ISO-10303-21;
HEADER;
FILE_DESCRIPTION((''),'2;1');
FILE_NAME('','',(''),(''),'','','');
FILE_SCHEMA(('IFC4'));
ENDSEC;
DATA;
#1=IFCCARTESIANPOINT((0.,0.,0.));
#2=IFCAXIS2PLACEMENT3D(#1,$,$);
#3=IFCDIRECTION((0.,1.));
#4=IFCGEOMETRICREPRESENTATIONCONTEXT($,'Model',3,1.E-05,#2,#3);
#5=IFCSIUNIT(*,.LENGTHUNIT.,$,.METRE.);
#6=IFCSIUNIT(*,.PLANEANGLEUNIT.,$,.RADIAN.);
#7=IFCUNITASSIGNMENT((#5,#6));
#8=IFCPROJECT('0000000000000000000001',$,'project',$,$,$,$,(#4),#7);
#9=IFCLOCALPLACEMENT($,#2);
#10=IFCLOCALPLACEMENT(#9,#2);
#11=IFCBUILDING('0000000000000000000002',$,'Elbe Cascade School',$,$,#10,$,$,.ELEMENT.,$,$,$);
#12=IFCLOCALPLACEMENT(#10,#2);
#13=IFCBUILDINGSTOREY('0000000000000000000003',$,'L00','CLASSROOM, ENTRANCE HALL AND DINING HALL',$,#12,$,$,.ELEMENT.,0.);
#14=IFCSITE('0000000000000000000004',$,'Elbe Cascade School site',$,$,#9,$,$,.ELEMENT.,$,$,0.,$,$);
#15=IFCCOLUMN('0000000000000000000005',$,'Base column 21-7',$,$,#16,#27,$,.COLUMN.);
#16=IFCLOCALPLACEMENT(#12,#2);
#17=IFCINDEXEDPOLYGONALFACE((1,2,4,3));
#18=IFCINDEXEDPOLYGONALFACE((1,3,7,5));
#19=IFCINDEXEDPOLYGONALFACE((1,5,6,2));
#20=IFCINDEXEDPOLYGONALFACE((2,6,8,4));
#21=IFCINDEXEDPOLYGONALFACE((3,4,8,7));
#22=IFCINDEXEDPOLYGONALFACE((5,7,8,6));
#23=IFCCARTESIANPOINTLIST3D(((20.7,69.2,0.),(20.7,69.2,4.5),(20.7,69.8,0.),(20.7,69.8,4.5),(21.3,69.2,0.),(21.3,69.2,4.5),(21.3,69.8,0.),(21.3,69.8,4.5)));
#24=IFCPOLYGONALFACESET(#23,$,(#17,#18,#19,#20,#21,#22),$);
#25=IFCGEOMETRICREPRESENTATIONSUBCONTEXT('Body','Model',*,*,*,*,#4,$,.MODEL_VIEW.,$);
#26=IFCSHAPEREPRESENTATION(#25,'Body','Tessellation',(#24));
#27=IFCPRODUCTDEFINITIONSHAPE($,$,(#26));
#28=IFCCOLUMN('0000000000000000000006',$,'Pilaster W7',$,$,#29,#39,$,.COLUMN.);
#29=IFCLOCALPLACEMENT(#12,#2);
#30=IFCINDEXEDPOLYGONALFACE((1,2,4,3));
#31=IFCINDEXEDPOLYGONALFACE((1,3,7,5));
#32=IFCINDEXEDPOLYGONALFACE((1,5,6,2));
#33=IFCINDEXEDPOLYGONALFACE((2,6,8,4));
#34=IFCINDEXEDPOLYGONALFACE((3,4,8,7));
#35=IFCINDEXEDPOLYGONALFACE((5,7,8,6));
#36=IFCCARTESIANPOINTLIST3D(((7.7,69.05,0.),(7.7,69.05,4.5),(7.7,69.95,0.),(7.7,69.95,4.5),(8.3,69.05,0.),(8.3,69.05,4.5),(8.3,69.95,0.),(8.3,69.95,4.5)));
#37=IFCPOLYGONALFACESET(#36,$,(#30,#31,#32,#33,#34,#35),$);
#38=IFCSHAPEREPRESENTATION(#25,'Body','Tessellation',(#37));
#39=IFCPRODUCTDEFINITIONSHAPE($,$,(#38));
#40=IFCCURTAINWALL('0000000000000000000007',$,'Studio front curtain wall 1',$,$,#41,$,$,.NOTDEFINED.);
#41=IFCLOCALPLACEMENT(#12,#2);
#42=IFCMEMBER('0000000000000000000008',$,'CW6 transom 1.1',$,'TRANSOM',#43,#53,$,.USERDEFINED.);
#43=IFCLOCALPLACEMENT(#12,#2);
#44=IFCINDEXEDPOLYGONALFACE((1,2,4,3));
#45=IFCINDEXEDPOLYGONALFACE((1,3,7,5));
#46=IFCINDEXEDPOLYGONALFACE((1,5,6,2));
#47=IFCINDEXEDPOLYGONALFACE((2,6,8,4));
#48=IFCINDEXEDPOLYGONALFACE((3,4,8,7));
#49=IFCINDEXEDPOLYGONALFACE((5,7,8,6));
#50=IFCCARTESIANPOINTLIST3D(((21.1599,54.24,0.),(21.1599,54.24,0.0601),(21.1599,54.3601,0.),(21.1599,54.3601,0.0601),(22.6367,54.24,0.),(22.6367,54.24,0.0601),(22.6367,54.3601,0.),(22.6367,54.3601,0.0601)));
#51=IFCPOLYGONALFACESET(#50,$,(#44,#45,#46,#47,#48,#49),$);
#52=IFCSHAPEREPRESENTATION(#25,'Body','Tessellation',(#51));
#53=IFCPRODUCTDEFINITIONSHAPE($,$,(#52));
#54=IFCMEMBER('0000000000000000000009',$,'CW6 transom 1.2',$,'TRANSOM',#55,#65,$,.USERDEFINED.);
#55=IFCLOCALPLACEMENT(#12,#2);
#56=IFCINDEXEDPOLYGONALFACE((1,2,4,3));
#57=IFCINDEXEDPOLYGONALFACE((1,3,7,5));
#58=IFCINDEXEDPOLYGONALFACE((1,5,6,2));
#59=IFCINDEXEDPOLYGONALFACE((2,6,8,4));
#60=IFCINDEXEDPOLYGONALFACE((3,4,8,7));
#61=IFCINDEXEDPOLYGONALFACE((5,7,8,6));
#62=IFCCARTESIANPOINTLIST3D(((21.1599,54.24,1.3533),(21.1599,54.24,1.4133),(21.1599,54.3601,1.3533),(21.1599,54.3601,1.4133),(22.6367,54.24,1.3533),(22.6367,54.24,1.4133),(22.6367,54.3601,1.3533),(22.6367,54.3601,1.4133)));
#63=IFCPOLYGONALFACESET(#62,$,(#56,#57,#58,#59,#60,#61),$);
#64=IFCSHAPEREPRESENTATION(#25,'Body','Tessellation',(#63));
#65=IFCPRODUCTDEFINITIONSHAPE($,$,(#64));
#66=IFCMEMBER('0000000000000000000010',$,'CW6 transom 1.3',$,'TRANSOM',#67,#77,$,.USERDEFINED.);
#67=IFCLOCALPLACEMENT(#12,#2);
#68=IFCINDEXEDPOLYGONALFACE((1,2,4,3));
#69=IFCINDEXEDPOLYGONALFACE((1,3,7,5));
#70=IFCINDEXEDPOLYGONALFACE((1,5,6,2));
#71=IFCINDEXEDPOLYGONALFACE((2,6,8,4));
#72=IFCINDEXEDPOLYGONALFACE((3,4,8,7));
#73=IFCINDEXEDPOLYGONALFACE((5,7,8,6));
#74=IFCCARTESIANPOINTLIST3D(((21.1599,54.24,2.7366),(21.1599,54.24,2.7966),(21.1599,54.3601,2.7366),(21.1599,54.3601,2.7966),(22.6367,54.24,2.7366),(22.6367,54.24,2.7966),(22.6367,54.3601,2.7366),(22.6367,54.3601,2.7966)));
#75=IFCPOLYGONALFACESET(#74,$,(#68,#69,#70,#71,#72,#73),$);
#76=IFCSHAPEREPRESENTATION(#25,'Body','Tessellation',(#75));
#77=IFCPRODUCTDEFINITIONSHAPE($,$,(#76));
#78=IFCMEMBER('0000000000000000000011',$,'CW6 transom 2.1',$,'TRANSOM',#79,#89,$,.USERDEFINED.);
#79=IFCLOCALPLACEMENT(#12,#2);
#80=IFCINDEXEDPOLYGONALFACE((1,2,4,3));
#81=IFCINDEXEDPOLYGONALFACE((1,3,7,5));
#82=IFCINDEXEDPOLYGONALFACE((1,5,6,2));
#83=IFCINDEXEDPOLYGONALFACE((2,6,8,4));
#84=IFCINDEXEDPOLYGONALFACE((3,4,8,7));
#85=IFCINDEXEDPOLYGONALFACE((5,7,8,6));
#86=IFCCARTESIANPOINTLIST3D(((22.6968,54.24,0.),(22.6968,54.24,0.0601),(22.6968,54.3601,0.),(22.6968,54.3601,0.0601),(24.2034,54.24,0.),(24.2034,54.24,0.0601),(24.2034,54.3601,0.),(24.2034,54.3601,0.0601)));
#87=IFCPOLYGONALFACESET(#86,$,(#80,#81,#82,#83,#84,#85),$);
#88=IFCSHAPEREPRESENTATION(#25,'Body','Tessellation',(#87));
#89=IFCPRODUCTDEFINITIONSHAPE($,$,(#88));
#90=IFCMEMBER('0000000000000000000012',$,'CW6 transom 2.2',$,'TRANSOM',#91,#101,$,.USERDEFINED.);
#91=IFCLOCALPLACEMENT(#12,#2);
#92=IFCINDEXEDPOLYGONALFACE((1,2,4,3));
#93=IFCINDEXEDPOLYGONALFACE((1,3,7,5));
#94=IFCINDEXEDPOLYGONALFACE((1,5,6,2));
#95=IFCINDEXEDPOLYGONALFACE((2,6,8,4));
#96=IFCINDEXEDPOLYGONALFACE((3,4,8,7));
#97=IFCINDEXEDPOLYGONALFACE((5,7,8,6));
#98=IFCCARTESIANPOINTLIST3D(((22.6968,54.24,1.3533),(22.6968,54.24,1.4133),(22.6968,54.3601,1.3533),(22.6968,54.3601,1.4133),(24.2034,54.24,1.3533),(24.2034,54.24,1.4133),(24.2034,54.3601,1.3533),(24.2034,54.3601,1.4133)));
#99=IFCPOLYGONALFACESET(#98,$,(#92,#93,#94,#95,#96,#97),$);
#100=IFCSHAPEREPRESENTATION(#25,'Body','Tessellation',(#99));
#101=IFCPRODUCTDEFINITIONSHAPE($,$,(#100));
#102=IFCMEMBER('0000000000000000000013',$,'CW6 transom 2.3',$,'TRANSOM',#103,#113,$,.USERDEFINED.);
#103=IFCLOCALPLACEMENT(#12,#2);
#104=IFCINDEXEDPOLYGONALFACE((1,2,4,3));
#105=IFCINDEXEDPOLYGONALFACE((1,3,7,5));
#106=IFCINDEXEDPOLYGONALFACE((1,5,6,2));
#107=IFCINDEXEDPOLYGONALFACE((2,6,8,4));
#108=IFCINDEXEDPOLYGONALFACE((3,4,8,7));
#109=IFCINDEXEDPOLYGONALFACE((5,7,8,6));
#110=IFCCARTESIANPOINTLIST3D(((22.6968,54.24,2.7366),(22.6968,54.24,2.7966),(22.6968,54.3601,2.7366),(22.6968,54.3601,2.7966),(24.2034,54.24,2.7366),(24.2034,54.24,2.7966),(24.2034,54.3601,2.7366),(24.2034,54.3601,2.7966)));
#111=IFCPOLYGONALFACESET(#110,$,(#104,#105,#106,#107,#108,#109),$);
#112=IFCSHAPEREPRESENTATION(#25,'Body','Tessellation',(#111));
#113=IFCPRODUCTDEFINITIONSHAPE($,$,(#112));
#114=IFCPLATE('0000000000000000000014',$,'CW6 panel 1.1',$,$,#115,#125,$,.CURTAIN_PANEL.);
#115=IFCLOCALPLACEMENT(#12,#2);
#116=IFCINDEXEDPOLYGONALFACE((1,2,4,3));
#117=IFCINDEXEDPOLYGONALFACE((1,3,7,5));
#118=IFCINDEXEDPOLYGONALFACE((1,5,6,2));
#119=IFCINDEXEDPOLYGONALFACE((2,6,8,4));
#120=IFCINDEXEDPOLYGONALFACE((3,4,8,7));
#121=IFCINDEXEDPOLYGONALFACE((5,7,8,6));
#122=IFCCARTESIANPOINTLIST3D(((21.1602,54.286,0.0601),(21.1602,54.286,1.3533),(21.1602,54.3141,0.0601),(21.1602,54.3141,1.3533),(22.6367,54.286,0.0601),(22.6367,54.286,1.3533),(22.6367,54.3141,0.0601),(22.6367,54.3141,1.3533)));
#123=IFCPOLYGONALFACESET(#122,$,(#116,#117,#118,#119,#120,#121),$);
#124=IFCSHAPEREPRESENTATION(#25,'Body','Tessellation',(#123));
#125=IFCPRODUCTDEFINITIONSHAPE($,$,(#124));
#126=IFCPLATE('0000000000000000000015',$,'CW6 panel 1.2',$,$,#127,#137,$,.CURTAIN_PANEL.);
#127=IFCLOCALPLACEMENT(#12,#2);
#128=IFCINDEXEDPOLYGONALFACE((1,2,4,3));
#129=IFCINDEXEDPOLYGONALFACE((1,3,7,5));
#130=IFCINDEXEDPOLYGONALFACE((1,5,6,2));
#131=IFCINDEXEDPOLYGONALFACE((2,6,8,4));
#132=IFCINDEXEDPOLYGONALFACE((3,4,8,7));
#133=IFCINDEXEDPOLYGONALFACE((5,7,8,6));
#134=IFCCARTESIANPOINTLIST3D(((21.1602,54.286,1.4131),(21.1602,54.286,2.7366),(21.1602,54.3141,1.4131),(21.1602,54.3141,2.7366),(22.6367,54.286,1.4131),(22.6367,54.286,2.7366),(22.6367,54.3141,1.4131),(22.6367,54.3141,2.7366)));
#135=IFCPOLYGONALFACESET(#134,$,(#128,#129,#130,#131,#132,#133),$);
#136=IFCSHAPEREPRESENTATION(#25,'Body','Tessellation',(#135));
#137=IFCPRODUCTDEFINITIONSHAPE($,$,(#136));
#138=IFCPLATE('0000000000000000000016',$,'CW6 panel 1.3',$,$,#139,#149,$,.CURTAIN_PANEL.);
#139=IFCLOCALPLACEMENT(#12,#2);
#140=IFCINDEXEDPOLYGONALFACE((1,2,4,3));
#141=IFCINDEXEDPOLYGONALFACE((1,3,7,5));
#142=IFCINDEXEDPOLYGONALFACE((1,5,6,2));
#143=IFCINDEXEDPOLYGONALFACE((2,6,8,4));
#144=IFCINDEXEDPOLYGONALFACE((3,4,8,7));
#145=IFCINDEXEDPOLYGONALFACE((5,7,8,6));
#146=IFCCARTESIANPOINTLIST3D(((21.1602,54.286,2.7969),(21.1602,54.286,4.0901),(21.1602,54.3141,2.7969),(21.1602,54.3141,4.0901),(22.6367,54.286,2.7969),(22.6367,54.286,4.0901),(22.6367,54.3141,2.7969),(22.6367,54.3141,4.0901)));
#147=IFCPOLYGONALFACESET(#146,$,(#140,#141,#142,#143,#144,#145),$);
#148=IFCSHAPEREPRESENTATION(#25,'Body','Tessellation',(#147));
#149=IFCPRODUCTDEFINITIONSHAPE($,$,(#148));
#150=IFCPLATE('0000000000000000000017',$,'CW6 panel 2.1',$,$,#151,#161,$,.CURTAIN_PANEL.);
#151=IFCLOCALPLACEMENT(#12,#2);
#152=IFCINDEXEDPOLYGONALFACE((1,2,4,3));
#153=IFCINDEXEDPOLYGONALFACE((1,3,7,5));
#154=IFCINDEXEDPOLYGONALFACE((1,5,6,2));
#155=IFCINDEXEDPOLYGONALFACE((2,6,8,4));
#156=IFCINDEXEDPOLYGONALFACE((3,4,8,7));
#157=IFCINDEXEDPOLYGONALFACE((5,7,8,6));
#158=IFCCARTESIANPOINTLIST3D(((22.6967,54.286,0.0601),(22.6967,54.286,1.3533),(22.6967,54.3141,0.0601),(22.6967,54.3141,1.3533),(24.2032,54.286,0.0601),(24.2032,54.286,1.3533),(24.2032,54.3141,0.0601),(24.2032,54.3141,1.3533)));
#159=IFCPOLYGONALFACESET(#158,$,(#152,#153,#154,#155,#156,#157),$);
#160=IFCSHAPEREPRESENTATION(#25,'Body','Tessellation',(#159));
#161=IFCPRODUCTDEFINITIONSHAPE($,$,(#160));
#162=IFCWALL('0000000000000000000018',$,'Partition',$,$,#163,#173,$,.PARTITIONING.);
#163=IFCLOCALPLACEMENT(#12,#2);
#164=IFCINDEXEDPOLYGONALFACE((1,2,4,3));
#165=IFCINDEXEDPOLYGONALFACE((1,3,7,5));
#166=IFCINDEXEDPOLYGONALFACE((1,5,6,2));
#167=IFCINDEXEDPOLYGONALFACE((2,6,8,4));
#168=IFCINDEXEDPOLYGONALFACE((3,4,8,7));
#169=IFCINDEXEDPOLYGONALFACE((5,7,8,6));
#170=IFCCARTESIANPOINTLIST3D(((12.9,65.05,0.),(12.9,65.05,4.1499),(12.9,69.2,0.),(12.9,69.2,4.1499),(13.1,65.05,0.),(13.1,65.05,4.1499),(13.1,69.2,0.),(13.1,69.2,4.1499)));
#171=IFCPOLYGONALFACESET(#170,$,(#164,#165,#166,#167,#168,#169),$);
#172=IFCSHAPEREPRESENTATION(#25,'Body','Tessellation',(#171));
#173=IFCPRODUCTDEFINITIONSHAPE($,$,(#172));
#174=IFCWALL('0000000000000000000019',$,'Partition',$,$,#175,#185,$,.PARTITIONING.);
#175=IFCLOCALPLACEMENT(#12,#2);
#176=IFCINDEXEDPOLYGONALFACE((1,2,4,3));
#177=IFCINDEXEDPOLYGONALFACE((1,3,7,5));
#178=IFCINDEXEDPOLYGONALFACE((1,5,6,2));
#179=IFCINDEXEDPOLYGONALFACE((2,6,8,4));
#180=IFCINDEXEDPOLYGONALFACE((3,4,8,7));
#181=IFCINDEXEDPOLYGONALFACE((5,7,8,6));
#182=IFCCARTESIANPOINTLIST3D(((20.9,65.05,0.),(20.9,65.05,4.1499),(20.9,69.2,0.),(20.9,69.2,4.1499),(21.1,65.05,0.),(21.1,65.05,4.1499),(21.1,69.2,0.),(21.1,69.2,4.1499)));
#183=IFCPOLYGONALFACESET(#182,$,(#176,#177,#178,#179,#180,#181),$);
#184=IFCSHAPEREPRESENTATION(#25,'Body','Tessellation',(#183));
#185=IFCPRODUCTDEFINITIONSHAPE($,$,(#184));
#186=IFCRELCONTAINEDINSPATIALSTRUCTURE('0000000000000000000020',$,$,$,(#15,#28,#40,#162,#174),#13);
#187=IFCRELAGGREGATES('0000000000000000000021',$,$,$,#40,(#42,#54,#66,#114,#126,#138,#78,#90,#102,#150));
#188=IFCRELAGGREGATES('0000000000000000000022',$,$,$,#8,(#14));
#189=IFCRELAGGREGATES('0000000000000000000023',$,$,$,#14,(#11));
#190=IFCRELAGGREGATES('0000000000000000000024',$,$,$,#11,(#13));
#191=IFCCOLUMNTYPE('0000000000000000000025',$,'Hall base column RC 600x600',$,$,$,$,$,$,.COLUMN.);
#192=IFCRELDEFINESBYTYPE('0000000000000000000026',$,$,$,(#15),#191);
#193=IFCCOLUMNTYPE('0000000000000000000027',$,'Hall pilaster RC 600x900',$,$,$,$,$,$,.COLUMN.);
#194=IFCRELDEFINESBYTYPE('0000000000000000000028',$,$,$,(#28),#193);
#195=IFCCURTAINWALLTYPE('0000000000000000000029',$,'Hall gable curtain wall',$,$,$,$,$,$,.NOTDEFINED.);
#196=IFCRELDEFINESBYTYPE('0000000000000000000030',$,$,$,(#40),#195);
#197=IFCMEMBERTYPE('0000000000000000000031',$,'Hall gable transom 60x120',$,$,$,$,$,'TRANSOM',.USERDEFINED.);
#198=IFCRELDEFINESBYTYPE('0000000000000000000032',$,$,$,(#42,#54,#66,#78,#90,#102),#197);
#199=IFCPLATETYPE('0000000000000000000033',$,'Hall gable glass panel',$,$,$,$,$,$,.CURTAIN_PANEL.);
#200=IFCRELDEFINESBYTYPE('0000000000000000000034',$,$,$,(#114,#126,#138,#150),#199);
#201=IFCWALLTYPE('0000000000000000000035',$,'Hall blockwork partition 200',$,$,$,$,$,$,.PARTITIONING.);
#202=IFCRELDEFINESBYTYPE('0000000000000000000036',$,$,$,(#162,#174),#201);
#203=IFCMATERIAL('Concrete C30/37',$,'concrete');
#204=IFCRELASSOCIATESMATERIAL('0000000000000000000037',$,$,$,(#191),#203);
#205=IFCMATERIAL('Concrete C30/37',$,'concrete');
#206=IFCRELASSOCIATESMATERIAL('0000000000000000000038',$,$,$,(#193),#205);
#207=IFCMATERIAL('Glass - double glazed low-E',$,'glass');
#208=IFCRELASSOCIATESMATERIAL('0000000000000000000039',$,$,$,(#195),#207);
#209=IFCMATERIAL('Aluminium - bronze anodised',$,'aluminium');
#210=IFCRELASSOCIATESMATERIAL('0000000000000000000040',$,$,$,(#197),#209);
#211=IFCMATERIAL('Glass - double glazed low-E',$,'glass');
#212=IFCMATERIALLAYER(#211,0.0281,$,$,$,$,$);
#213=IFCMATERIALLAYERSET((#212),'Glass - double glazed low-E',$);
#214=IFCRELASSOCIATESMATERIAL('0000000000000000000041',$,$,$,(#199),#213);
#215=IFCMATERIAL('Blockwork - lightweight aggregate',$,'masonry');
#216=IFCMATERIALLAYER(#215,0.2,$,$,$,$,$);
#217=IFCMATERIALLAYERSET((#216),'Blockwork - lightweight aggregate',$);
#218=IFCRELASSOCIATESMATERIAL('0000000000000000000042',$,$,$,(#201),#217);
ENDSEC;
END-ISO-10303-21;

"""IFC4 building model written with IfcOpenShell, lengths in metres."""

from ifc_helpers import new_model, si_unit, direction, frame, frame_2d, origin, origin_2d, place, context, subcontext, project, spatial, rectangle, extrude, material, layer, layer_set, material_profile, profile_set, type_object, element, aggregate, save


model = new_model("IFC4")

# Units and contexts
model_context = context("Model", 3, precision=1e-05, world=origin(), true_north=direction((0.0, 1.0)))
body_context = subcontext(model_context, "Body", "Model", "MODEL_VIEW")
ifc_project = project(units=[si_unit("LENGTHUNIT", "METRE"), si_unit("PLANEANGLEUNIT", "RADIAN")], contexts=[model_context])

# Site, building, storey
site_placement = place(None, origin())
site = spatial("IfcSite", under=ifc_project, at=site_placement, Name="Elbe Cascade School site", CompositionType="ELEMENT", RefElevation=0.0)
building_placement = place(site_placement, origin())
building = spatial("IfcBuilding", under=site, at=building_placement, Name="Elbe Cascade School", CompositionType="ELEMENT")
storey_placement = place(building_placement, origin())
storey = spatial("IfcBuildingStorey", under=building, at=storey_placement, Name="L00", Description="CLASSROOM, ENTRANCE HALL AND DINING HALL", CompositionType="ELEMENT", Elevation=0.0)

# Columns
ifc_material_1 = material(Name="Concrete C30/37", Category="concrete")
ifc_material_profile_1 = material_profile(ifc_material_1, rectangle(XDim=0.6001, YDim=0.6001, at=origin_2d()), Name="RC 600x600")
ifc_profile_set_1 = profile_set([ifc_material_profile_1], Name="Concrete C30/37")
column_type_1 = type_object("IfcColumnType", Name="Hall base column RC 600x600", PredefinedType="COLUMN", material=ifc_profile_set_1)
column_1_placement = place(storey_placement, frame((21.0, 69.5, 0.0), z_axis=(0.0, 0.0, 1.0), x_axis=(1.0, 0.0, 0.0)))
element("IfcColumn", 1, at=column_1_placement, inside=storey, type_object=column_type_1, Name="Base column 21-7", PredefinedType="COLUMN", context=body_context, shape_type="SweptSolid", body=[
    extrude(rectangle(XDim=0.6001, YDim=0.6001, at=origin_2d()), origin(), (0.0, 0.0, 1.0), 4.5),
])
ifc_material_2 = material(Name="Concrete C30/37", Category="concrete")
ifc_material_profile_2 = material_profile(ifc_material_2, rectangle(XDim=0.6001, YDim=0.8999, at=origin_2d()), Name="RC 600x900")
ifc_profile_set_2 = profile_set([ifc_material_profile_2], Name="Concrete C30/37")
column_type_2 = type_object("IfcColumnType", Name="Hall pilaster RC 600x900", PredefinedType="COLUMN", material=ifc_profile_set_2)
column_2_placement = place(storey_placement, frame((8.0, 69.5, 0.0), z_axis=(0.0, 0.0, 1.0), x_axis=(1.0, 0.0, 0.0)))
element("IfcColumn", 2, at=column_2_placement, inside=storey, type_object=column_type_2, Name="Pilaster W7", PredefinedType="COLUMN", context=body_context, shape_type="SweptSolid", body=[
    extrude(rectangle(XDim=0.6001, YDim=0.8999, at=origin_2d()), origin(), (0.0, 0.0, 1.0), 4.5),
])

# Curtain wall, members, plates
ifc_material_3 = material(Name="Glass - double glazed low-E", Category="glass")
curtain_wall_type = type_object("IfcCurtainWallType", Name="Hall gable curtain wall", PredefinedType="NOTDEFINED", material=ifc_material_3)
curtain_wall_placement = place(storey_placement, origin())
curtain_wall = element("IfcCurtainWall", 3, at=curtain_wall_placement, inside=storey, type_object=curtain_wall_type, Name="Studio front curtain wall 1", PredefinedType="NOTDEFINED")
ifc_material_4 = material(Name="Aluminium - bronze anodised", Category="aluminium")
ifc_material_profile_3 = material_profile(ifc_material_4, rectangle(XDim=0.1201, YDim=0.0601, at=origin_2d()), Name="Alu 60x120")
ifc_profile_set_3 = profile_set([ifc_material_profile_3], Name="Aluminium - bronze anodised")
member_type = type_object("IfcMemberType", Name="Hall gable transom 60x120", ElementType="TRANSOM", PredefinedType="USERDEFINED", material=ifc_profile_set_3)
member_1_placement = place(storey_placement, frame((21.1599, 54.3, 0.03), z_axis=(1.0, 0.0, 0.0), x_axis=(0.0, 1.0, 0.0)))
member_1 = element("IfcMember", 4, at=member_1_placement, type_object=member_type, Name="CW6 transom 1.1", ObjectType="TRANSOM", PredefinedType="USERDEFINED", context=body_context, shape_type="SweptSolid", body=[
    extrude(rectangle(XDim=0.1201, YDim=0.0601, at=origin_2d()), origin(), (0.0, 0.0, 1.0), 1.4768),
])
member_2_placement = place(storey_placement, frame((21.1599, 54.3, 1.3833), z_axis=(1.0, 0.0, 0.0), x_axis=(0.0, 1.0, 0.0)))
member_2 = element("IfcMember", 5, at=member_2_placement, type_object=member_type, Name="CW6 transom 1.2", ObjectType="TRANSOM", PredefinedType="USERDEFINED", context=body_context, shape_type="SweptSolid", body=[
    extrude(rectangle(XDim=0.1201, YDim=0.0601, at=origin_2d()), origin(), (0.0, 0.0, 1.0), 1.4768),
])
member_3_placement = place(storey_placement, frame((21.1599, 54.3, 2.7666), z_axis=(1.0, 0.0, 0.0), x_axis=(0.0, 1.0, 0.0)))
member_3 = element("IfcMember", 6, at=member_3_placement, type_object=member_type, Name="CW6 transom 1.3", ObjectType="TRANSOM", PredefinedType="USERDEFINED", context=body_context, shape_type="SweptSolid", body=[
    extrude(rectangle(XDim=0.1201, YDim=0.0601, at=origin_2d()), origin(), (0.0, 0.0, 1.0), 1.4768),
])
member_4_placement = place(storey_placement, frame((22.6968, 54.3, 0.03), z_axis=(1.0, 0.0, 0.0), x_axis=(0.0, 1.0, 0.0)))
member_4 = element("IfcMember", 7, at=member_4_placement, type_object=member_type, Name="CW6 transom 2.1", ObjectType="TRANSOM", PredefinedType="USERDEFINED", context=body_context, shape_type="SweptSolid", body=[
    extrude(rectangle(XDim=0.1201, YDim=0.0601, at=origin_2d()), origin(), (0.0, 0.0, 1.0), 1.5066),
])
member_5_placement = place(storey_placement, frame((22.6968, 54.3, 1.3833), z_axis=(1.0, 0.0, 0.0), x_axis=(0.0, 1.0, 0.0)))
member_5 = element("IfcMember", 8, at=member_5_placement, type_object=member_type, Name="CW6 transom 2.2", ObjectType="TRANSOM", PredefinedType="USERDEFINED", context=body_context, shape_type="SweptSolid", body=[
    extrude(rectangle(XDim=0.1201, YDim=0.0601, at=origin_2d()), origin(), (0.0, 0.0, 1.0), 1.5066),
])
member_6_placement = place(storey_placement, frame((22.6968, 54.3, 2.7666), z_axis=(1.0, 0.0, 0.0), x_axis=(0.0, 1.0, 0.0)))
member_6 = element("IfcMember", 9, at=member_6_placement, type_object=member_type, Name="CW6 transom 2.3", ObjectType="TRANSOM", PredefinedType="USERDEFINED", context=body_context, shape_type="SweptSolid", body=[
    extrude(rectangle(XDim=0.1201, YDim=0.0601, at=origin_2d()), origin(), (0.0, 0.0, 1.0), 1.5066),
])
ifc_material_5 = material(Name="Glass - double glazed low-E", Category="glass")
ifc_layer_1 = layer(ifc_material_5, 0.0281)
ifc_layer_set_1 = layer_set([ifc_layer_1], Name="Glass - double glazed low-E")
plate_type = type_object("IfcPlateType", Name="Hall gable glass panel", PredefinedType="CURTAIN_PANEL", material=ifc_layer_set_1)
plate_1_placement = place(storey_placement, frame((21.8984, 54.3, 0.0601), z_axis=(0.0, 0.0, 1.0), x_axis=(1.0, 0.0, 0.0)))
plate_1 = element("IfcPlate", 10, at=plate_1_placement, type_object=plate_type, Name="CW6 panel 1.1", PredefinedType="CURTAIN_PANEL", context=body_context, shape_type="SweptSolid", body=[
    extrude(rectangle(XDim=1.4766, YDim=0.0281, at=origin_2d()), origin(), (0.0, 0.0, 1.0), 1.2932),
])
plate_2_placement = place(storey_placement, frame((21.8984, 54.3, 1.4131), z_axis=(0.0, 0.0, 1.0), x_axis=(1.0, 0.0, 0.0)))
plate_2 = element("IfcPlate", 11, at=plate_2_placement, type_object=plate_type, Name="CW6 panel 1.2", PredefinedType="CURTAIN_PANEL", context=body_context, shape_type="SweptSolid", body=[
    extrude(rectangle(XDim=1.4766, YDim=0.0281, at=origin_2d()), origin(), (0.0, 0.0, 1.0), 1.3235),
])
plate_3_placement = place(storey_placement, frame((21.8984, 54.3, 2.7969), z_axis=(0.0, 0.0, 1.0), x_axis=(1.0, 0.0, 0.0)))
plate_3 = element("IfcPlate", 12, at=plate_3_placement, type_object=plate_type, Name="CW6 panel 1.3", PredefinedType="CURTAIN_PANEL", context=body_context, shape_type="SweptSolid", body=[
    extrude(rectangle(XDim=1.4766, YDim=0.0281, at=origin_2d()), origin(), (0.0, 0.0, 1.0), 1.2932),
])
plate_4_placement = place(storey_placement, frame((23.45, 54.3, 0.0601), z_axis=(0.0, 0.0, 1.0), x_axis=(1.0, 0.0, 0.0)))
plate_4 = element("IfcPlate", 13, at=plate_4_placement, type_object=plate_type, Name="CW6 panel 2.1", PredefinedType="CURTAIN_PANEL", context=body_context, shape_type="SweptSolid", body=[
    extrude(rectangle(XDim=1.5066, YDim=0.0281, at=origin_2d()), origin(), (0.0, 0.0, 1.0), 1.2932),
])
aggregate(curtain_wall, [member_1, member_2, member_3, plate_1, plate_2, plate_3, member_4, member_5, member_6, plate_4])

# Walls
ifc_material_6 = material(Name="Blockwork - lightweight aggregate", Category="masonry")
ifc_layer_2 = layer(ifc_material_6, 0.2)
ifc_layer_set_2 = layer_set([ifc_layer_2], Name="Blockwork - lightweight aggregate")
wall_type_1 = type_object("IfcWallType", Name="Hall blockwork partition 200", PredefinedType="PARTITIONING", material=ifc_layer_set_2)
for number, where, z_axis, x_axis, name in (
    (14, (13.0, 65.05, 0.0), (0.0, 0.0, 1.0), (0.0, 1.0, 0.0), "Partition"),
    (15, (21.0, 65.05, 0.0), (0.0, 0.0, 1.0), (0.0, 1.0, 0.0), "Partition"),
):
    element("IfcWall", number, at=place(storey_placement, frame(where, z_axis=z_axis, x_axis=x_axis)), inside=storey, type_object=wall_type_1, Name=name, PredefinedType="PARTITIONING", context=body_context, shape_type="SweptSolid", body=[
        extrude(rectangle(XDim=4.1499, YDim=0.2, at=frame_2d((2.075, 0.0))), origin(), (0.0, 0.0, 1.0), 4.1499),
    ])

save(model, "model.ifc")
